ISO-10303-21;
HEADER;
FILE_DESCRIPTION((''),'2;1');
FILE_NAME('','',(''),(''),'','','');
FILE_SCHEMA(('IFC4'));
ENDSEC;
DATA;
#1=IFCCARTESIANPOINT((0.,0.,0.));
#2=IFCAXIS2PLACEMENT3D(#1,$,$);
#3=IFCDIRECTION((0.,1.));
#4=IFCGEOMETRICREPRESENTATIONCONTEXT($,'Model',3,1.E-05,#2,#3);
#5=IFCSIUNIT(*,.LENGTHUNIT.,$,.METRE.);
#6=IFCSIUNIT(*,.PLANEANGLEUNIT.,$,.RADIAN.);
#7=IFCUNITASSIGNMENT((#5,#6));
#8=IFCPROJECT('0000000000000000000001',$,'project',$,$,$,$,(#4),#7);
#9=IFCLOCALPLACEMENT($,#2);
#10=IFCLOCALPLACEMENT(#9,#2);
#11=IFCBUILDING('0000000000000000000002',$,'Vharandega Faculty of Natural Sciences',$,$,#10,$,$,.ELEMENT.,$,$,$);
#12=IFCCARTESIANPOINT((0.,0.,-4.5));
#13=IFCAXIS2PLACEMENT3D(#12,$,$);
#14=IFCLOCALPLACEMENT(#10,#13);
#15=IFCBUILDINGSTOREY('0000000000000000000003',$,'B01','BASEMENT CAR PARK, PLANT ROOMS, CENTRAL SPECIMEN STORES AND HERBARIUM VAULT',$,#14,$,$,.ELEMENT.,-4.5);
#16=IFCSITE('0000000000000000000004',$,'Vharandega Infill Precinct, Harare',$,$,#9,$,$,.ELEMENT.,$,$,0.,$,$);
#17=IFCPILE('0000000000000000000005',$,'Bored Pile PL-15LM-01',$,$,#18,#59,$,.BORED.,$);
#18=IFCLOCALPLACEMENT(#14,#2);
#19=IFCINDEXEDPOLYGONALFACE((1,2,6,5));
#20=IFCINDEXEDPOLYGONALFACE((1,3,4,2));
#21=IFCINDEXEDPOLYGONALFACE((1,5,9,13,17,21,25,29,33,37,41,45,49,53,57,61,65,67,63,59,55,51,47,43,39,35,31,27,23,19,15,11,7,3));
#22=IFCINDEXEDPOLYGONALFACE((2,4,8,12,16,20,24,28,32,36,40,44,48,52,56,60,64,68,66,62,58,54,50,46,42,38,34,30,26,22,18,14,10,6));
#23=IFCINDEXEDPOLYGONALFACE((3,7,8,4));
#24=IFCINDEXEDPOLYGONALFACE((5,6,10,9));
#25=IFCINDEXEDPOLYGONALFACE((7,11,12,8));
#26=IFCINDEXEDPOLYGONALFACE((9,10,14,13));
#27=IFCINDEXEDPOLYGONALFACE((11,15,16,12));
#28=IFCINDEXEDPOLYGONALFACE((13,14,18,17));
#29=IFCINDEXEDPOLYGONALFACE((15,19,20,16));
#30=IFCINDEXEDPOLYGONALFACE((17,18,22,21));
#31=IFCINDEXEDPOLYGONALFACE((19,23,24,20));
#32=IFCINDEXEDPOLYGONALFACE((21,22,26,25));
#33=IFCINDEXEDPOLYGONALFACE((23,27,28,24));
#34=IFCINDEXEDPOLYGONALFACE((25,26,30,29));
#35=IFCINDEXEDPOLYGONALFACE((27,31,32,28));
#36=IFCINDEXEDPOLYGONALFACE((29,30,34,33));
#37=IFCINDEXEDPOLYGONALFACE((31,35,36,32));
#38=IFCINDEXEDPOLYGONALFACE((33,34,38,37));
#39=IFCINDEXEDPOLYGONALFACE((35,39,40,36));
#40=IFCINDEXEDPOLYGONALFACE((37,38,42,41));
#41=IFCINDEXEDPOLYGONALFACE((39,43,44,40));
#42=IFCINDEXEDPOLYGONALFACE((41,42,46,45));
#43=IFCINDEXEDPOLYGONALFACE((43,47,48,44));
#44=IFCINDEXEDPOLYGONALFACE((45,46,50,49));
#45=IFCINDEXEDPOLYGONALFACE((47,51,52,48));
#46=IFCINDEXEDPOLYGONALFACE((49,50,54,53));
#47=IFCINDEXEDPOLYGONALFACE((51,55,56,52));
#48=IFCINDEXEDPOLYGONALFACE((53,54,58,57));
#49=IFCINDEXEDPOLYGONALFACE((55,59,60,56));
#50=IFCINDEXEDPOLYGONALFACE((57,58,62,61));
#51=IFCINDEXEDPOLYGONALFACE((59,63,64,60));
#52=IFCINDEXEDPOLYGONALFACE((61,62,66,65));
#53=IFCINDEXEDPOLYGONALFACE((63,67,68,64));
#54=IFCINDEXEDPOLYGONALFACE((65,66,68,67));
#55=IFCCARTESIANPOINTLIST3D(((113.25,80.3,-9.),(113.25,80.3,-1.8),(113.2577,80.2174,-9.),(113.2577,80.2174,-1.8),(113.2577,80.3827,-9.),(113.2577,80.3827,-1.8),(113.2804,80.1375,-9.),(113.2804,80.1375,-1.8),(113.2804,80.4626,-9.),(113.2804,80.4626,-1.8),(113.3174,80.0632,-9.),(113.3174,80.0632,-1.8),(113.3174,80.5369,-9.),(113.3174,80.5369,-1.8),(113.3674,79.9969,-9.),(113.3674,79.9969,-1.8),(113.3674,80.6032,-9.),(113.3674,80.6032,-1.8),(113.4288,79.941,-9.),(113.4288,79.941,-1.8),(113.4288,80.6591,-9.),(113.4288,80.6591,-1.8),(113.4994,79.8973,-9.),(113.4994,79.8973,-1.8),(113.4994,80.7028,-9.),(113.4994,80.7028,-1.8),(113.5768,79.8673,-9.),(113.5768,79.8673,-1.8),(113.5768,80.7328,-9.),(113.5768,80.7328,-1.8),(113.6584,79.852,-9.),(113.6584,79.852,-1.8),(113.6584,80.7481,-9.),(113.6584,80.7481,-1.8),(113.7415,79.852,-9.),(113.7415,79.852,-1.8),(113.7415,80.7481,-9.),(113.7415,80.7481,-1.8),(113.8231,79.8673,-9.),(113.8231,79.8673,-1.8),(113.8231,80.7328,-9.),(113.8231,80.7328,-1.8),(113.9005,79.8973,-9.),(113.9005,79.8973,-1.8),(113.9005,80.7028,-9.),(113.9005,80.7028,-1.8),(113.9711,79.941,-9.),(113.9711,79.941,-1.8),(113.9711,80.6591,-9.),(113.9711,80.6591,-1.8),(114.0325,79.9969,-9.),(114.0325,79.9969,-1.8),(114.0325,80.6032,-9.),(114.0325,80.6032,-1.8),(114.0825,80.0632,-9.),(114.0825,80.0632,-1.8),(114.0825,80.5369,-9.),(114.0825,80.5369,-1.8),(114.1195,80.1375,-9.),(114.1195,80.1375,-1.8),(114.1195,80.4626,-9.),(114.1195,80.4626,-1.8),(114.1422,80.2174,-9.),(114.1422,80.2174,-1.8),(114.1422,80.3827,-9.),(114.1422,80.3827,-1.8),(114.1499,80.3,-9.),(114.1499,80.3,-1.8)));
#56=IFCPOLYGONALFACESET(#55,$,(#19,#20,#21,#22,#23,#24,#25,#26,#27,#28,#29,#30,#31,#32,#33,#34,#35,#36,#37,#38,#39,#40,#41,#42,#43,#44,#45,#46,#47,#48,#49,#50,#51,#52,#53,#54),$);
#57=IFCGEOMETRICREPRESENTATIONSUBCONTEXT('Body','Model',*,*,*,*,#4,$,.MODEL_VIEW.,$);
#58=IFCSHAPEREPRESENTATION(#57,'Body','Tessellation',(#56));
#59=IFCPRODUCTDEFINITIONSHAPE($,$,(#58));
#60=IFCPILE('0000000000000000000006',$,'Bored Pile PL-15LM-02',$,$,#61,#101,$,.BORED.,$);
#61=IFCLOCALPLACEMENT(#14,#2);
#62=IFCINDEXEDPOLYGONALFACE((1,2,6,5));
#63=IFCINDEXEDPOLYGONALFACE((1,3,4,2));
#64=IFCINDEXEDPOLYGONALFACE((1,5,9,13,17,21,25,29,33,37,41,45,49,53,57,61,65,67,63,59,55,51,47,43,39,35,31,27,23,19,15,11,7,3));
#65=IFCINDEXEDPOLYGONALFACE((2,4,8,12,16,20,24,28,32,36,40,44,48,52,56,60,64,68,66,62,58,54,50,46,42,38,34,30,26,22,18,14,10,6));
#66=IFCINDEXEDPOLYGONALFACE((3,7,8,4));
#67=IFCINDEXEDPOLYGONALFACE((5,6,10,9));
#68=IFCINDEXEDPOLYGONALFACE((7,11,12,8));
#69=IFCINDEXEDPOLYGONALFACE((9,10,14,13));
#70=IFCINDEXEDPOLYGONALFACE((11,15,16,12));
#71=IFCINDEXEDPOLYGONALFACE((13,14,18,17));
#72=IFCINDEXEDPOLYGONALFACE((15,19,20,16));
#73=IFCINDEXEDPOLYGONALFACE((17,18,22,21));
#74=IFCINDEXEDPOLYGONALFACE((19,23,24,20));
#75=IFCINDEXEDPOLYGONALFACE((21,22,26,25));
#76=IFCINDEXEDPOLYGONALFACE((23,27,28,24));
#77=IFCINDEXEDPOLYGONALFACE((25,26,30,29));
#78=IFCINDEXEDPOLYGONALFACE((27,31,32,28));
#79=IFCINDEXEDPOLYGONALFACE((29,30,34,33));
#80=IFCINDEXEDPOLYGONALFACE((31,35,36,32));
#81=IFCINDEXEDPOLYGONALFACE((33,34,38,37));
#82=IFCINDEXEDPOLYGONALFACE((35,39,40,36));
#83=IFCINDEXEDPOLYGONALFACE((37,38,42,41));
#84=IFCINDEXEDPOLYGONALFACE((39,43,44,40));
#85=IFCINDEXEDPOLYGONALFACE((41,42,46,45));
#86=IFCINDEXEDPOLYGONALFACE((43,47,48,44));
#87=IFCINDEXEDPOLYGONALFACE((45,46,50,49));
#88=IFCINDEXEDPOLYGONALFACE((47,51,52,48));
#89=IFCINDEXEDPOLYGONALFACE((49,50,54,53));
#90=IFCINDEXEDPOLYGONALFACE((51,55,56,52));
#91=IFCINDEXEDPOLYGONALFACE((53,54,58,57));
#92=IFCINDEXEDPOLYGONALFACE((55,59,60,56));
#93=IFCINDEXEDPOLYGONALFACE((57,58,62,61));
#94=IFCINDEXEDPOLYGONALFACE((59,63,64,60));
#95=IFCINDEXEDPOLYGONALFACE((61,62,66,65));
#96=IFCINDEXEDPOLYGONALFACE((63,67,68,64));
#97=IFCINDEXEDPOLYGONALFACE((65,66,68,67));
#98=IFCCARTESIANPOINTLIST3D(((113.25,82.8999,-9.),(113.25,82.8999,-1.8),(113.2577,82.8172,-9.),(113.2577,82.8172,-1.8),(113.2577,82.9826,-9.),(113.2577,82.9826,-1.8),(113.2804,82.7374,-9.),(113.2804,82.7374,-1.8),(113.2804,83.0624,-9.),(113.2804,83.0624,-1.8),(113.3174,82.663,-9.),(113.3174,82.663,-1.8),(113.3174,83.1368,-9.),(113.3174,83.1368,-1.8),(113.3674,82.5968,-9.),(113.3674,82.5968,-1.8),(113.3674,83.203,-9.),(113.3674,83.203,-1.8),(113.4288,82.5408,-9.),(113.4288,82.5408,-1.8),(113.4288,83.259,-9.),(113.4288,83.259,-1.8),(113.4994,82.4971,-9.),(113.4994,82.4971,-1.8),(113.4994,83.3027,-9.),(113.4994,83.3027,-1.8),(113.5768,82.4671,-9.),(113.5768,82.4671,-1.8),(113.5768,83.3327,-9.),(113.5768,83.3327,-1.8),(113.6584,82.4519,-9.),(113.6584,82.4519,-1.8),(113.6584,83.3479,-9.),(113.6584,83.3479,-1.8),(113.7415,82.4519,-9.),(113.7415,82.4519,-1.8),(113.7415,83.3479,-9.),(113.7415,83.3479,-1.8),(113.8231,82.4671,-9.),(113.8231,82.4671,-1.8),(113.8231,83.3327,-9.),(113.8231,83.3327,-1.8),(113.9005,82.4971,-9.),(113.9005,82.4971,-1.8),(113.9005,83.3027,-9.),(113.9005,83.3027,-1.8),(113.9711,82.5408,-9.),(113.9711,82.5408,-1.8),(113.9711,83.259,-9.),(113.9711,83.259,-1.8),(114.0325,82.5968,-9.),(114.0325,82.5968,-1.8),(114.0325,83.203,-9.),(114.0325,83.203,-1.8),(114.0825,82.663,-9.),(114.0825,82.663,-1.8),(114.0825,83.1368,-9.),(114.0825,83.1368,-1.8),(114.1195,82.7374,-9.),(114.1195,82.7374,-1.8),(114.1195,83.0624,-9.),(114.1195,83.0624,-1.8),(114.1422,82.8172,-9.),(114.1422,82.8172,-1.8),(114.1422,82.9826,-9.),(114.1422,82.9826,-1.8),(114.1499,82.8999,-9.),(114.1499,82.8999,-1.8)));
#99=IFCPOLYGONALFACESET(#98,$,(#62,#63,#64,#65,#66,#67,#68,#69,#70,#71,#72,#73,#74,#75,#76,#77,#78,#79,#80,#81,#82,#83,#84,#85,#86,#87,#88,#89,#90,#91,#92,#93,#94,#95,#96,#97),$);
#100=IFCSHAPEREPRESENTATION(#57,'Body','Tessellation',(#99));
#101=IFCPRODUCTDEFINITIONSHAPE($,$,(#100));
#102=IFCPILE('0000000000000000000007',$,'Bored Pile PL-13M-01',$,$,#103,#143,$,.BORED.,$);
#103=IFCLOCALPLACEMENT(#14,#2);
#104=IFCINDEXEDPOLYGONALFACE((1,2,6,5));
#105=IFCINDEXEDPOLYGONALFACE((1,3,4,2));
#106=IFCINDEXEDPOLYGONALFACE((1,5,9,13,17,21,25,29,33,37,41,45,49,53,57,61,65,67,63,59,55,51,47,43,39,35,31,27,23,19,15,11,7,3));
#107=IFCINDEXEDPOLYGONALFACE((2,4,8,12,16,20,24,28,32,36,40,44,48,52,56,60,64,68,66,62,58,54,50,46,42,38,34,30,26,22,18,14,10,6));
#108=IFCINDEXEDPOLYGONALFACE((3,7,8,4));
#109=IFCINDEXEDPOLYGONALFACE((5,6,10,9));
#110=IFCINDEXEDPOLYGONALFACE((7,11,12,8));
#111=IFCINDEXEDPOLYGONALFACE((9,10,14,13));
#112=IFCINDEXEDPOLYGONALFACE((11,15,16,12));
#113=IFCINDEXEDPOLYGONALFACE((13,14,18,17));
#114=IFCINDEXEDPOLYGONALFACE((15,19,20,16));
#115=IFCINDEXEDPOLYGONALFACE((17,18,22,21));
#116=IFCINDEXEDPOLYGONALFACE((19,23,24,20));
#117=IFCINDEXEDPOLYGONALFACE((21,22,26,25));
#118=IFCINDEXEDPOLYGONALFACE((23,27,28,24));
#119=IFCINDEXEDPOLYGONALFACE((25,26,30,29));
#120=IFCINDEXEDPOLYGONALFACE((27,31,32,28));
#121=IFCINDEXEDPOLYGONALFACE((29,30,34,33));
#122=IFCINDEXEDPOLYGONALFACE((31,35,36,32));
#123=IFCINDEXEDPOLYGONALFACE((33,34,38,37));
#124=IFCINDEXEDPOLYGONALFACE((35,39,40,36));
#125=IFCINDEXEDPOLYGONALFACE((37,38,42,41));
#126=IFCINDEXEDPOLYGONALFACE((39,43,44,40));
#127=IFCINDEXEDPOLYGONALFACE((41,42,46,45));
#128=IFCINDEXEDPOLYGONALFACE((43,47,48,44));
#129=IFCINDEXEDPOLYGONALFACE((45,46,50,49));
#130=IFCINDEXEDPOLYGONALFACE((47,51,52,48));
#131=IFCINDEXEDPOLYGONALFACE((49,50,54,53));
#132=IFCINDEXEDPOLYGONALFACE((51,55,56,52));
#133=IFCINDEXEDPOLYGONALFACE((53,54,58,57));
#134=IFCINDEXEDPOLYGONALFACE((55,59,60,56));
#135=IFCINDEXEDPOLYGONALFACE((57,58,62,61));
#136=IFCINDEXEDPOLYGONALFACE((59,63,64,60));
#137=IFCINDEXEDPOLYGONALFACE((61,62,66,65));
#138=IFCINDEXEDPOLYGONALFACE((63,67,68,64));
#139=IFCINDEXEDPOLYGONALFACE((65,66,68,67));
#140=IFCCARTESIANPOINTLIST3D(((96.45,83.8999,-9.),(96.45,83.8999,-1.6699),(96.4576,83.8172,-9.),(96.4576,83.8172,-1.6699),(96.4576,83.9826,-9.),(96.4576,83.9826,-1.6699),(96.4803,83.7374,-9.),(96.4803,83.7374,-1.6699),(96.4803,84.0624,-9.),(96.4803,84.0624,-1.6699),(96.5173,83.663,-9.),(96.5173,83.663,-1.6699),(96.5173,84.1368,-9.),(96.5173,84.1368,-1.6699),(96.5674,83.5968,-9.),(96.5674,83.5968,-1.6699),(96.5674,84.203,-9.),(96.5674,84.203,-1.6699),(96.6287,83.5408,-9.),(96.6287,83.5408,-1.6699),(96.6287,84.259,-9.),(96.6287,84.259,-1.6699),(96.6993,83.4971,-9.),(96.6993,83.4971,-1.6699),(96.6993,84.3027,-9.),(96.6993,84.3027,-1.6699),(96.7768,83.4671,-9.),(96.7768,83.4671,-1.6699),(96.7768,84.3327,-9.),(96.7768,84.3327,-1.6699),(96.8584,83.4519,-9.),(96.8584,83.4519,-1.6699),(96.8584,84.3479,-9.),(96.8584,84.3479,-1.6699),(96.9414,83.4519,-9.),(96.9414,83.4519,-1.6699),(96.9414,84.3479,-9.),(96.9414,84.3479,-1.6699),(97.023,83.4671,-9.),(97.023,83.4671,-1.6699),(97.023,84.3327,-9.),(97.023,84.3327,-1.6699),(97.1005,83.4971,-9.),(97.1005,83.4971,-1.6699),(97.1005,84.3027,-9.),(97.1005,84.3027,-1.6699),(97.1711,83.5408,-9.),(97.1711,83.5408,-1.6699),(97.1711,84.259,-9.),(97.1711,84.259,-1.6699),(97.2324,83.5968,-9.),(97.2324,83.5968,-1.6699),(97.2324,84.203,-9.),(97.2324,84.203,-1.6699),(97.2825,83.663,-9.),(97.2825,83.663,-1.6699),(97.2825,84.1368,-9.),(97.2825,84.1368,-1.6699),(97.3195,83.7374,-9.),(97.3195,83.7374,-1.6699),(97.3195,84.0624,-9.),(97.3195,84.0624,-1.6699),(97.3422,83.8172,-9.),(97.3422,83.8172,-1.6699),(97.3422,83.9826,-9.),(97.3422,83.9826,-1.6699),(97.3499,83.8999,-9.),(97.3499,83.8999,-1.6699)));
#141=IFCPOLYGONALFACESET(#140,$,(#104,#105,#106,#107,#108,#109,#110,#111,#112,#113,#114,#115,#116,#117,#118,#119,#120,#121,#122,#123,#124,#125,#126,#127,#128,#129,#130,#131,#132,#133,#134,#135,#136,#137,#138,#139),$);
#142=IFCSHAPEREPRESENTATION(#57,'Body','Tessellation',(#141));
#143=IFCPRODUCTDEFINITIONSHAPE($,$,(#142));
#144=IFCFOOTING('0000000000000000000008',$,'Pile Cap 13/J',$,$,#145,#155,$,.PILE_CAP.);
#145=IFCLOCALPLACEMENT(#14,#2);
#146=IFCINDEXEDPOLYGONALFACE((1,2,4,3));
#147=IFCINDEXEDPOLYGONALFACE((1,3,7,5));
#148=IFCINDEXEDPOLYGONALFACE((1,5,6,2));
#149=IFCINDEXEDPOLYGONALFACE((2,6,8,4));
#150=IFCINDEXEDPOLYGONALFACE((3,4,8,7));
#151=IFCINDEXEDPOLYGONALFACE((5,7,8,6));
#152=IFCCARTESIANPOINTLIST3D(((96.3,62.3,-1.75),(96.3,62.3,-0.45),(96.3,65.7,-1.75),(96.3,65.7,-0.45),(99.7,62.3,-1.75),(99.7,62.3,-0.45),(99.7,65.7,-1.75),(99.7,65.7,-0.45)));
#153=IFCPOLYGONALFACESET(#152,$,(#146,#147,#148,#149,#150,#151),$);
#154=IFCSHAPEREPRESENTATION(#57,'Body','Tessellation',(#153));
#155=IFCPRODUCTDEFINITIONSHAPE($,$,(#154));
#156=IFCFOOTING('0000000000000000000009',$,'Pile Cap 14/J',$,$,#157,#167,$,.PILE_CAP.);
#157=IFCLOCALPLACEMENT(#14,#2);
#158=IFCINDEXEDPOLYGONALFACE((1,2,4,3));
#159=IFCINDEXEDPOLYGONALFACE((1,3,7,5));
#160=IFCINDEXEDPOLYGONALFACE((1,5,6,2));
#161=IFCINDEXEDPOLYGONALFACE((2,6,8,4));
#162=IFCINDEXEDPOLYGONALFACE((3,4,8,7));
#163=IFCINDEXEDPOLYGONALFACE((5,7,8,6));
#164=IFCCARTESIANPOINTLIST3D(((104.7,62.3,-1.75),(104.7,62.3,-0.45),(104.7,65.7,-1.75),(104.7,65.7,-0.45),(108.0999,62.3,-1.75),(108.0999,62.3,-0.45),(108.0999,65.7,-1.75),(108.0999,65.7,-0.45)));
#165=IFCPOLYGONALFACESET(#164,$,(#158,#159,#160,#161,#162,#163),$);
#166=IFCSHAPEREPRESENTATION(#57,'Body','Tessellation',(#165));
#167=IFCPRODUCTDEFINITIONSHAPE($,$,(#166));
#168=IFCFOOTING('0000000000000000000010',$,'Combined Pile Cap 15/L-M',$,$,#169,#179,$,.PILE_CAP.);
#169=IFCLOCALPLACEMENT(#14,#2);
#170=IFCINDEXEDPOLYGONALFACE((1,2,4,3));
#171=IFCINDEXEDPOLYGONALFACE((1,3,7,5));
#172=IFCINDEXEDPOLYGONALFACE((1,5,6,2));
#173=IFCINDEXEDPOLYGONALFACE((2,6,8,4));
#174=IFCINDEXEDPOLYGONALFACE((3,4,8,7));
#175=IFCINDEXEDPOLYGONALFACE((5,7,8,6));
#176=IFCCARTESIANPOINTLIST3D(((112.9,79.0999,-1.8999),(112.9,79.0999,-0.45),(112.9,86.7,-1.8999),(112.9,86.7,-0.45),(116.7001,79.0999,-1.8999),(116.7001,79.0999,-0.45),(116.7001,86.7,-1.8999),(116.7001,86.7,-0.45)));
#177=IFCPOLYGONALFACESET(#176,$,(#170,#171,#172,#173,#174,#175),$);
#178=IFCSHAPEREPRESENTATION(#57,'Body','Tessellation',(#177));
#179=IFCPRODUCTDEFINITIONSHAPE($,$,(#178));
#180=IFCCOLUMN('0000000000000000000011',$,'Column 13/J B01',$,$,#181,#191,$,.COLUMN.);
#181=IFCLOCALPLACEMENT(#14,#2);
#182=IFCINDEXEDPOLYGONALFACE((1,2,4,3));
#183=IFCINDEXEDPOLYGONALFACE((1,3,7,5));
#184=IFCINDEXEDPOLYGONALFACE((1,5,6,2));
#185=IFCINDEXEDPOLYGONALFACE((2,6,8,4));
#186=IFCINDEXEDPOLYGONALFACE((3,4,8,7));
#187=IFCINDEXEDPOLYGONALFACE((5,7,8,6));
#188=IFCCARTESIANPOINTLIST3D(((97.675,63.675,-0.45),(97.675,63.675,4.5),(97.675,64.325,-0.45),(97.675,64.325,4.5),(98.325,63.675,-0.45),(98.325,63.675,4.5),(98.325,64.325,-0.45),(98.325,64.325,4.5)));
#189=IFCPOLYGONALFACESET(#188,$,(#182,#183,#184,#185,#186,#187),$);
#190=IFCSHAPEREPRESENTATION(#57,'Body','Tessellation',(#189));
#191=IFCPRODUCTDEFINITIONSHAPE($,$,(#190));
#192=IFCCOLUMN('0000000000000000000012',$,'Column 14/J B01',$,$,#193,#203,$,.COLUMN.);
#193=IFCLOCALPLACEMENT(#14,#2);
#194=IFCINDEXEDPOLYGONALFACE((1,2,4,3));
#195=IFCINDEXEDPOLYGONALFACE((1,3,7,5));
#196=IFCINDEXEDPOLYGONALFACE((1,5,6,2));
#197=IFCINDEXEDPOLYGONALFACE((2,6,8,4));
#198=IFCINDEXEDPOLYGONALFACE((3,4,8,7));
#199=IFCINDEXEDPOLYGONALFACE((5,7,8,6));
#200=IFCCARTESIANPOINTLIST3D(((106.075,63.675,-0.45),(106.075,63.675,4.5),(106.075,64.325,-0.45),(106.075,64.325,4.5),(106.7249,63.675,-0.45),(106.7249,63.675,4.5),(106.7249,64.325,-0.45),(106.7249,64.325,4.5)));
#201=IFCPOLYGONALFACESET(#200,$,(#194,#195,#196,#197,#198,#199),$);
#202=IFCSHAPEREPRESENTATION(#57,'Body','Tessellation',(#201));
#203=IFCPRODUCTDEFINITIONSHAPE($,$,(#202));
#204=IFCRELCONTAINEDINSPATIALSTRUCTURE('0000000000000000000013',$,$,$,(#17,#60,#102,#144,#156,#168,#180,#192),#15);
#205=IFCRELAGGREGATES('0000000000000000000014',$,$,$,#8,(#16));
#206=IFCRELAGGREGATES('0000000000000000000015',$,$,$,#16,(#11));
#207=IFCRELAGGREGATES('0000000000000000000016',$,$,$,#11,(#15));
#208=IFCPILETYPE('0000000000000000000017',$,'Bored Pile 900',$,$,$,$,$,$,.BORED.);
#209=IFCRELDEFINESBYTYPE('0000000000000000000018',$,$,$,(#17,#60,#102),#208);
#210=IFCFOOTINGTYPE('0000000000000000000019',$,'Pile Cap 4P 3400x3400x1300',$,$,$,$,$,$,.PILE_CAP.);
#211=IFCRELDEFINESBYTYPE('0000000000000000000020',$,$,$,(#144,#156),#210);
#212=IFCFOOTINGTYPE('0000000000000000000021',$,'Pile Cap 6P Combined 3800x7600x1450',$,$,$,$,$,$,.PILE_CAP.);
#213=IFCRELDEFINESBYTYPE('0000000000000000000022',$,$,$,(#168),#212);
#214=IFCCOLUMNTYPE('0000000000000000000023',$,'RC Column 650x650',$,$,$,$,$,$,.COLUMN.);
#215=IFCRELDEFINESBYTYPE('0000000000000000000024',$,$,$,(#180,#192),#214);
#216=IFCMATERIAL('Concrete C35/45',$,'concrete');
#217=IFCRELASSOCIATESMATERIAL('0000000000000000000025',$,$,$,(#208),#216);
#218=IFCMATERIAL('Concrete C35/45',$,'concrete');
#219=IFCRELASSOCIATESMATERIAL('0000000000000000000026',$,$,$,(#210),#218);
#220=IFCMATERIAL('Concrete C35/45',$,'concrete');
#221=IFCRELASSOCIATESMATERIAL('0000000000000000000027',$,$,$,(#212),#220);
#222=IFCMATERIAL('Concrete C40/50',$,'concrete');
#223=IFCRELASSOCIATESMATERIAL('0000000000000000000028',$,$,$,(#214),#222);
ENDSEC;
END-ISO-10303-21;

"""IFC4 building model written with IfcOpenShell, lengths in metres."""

from ifc_helpers import new_model, si_unit, direction, frame, origin, origin_2d, place, context, subcontext, project, spatial, rectangle, circle, extrude, material, material_profile, profile_set, type_object, element, save


model = new_model("IFC4")

# Units and contexts
model_context = context("Model", 3, precision=1e-05, world=origin(), true_north=direction((0.0, 1.0)))
body_context = subcontext(model_context, "Body", "Model", "MODEL_VIEW")
ifc_project = project(units=[si_unit("LENGTHUNIT", "METRE"), si_unit("PLANEANGLEUNIT", "RADIAN")], contexts=[model_context])

# Site, building, storey
site_placement = place(None, origin())
site = spatial("IfcSite", under=ifc_project, at=site_placement, Name="Vharandega Infill Precinct, Harare", CompositionType="ELEMENT", RefElevation=0.0)
building_placement = place(site_placement, origin())
building = spatial("IfcBuilding", under=site, at=building_placement, Name="Vharandega Faculty of Natural Sciences", CompositionType="ELEMENT")
storey_placement = place(building_placement, frame((0.0, 0.0, -4.5)))
storey = spatial("IfcBuildingStorey", under=building, at=storey_placement, Name="B01", Description="BASEMENT CAR PARK, PLANT ROOMS, CENTRAL SPECIMEN STORES AND HERBARIUM VAULT", CompositionType="ELEMENT", Elevation=-4.5)

# Piles
ifc_material_1 = material(Name="Concrete C35/45", Category="concrete")
ifc_material_profile_1 = material_profile(ifc_material_1, circle(Radius=0.45, at=origin_2d()), Name="PILE 900")
ifc_profile_set_1 = profile_set([ifc_material_profile_1], Name="Concrete C35/45")
pile_type_1 = type_object("IfcPileType", Name="Bored Pile 900", PredefinedType="BORED", material=ifc_profile_set_1)
for number, where, z_axis, x_axis, name in (
    (1, (113.7, 80.3, -1.8), (0.0, 0.0, -1.0), (1.0, 0.0, 0.0), "Bored Pile PL-15LM-01"),
    (2, (113.7, 82.8999, -1.8), (0.0, 0.0, -1.0), (1.0, 0.0, 0.0), "Bored Pile PL-15LM-02"),
):
    element("IfcPile", number, at=place(storey_placement, frame(where, z_axis=z_axis, x_axis=x_axis)), inside=storey, type_object=pile_type_1, Name=name, PredefinedType="BORED", context=body_context, shape_type="SweptSolid", body=[
        extrude(circle(Radius=0.45, at=origin_2d()), origin(), (0.0, 0.0, 1.0), 7.2),
    ])
pile_placement = place(storey_placement, frame((96.8999, 83.8999, -1.6699), z_axis=(0.0, 0.0, -1.0), x_axis=(1.0, 0.0, 0.0)))
element("IfcPile", 3, at=pile_placement, inside=storey, type_object=pile_type_1, Name="Bored Pile PL-13M-01", PredefinedType="BORED", context=body_context, shape_type="SweptSolid", body=[
    extrude(circle(Radius=0.45, at=origin_2d()), origin(), (0.0, 0.0, 1.0), 7.3301),
])

# Footings
ifc_material_2 = material(Name="Concrete C35/45", Category="concrete")
footing_type_1 = type_object("IfcFootingType", Name="Pile Cap 4P 3400x3400x1300", PredefinedType="PILE_CAP", material=ifc_material_2)
for number, where, z_axis, x_axis, name in (
    (4, (98.0, 64.0, -1.75), (0.0, 0.0, 1.0), (1.0, 0.0, 0.0), "Pile Cap 13/J"),
    (5, (106.3999, 64.0, -1.75), (0.0, 0.0, 1.0), (1.0, 0.0, 0.0), "Pile Cap 14/J"),
):
    element("IfcFooting", number, at=place(storey_placement, frame(where, z_axis=z_axis, x_axis=x_axis)), inside=storey, type_object=footing_type_1, Name=name, PredefinedType="PILE_CAP", context=body_context, shape_type="SweptSolid", body=[
        extrude(rectangle(XDim=3.3999, YDim=3.3999, at=origin_2d()), origin(), (0.0, 0.0, 1.0), 1.3),
    ])
ifc_material_3 = material(Name="Concrete C35/45", Category="concrete")
footing_type_2 = type_object("IfcFootingType", Name="Pile Cap 6P Combined 3800x7600x1450", PredefinedType="PILE_CAP", material=ifc_material_3)
footing_placement = place(storey_placement, frame((114.8, 82.8999, -1.8999), z_axis=(0.0, 0.0, 1.0), x_axis=(1.0, 0.0, 0.0)))
element("IfcFooting", 6, at=footing_placement, inside=storey, type_object=footing_type_2, Name="Combined Pile Cap 15/L-M", PredefinedType="PILE_CAP", context=body_context, shape_type="SweptSolid", body=[
    extrude(rectangle(XDim=3.8, YDim=7.6001, at=origin_2d()), origin(), (0.0, 0.0, 1.0), 1.45),
])

# Columns
ifc_material_4 = material(Name="Concrete C40/50", Category="concrete")
ifc_material_profile_2 = material_profile(ifc_material_4, rectangle(XDim=0.6499, YDim=0.6499, at=origin_2d()), Name="RC 650x650")
ifc_profile_set_2 = profile_set([ifc_material_profile_2], Name="Concrete C40/50")
column_type_1 = type_object("IfcColumnType", Name="RC Column 650x650", PredefinedType="COLUMN", material=ifc_profile_set_2)
for number, where, z_axis, x_axis, name in (
    (7, (98.0, 64.0, -0.45), (0.0, 0.0, 1.0), (1.0, 0.0, 0.0), "Column 13/J B01"),
    (8, (106.3999, 64.0, -0.45), (0.0, 0.0, 1.0), (1.0, 0.0, 0.0), "Column 14/J B01"),
):
    element("IfcColumn", number, at=place(storey_placement, frame(where, z_axis=z_axis, x_axis=x_axis)), inside=storey, type_object=column_type_1, Name=name, PredefinedType="COLUMN", context=body_context, shape_type="SweptSolid", body=[
        extrude(rectangle(XDim=0.6499, YDim=0.6499, at=origin_2d()), origin(), (0.0, 0.0, 1.0), 4.95),
    ])

save(model, "model.ifc")
